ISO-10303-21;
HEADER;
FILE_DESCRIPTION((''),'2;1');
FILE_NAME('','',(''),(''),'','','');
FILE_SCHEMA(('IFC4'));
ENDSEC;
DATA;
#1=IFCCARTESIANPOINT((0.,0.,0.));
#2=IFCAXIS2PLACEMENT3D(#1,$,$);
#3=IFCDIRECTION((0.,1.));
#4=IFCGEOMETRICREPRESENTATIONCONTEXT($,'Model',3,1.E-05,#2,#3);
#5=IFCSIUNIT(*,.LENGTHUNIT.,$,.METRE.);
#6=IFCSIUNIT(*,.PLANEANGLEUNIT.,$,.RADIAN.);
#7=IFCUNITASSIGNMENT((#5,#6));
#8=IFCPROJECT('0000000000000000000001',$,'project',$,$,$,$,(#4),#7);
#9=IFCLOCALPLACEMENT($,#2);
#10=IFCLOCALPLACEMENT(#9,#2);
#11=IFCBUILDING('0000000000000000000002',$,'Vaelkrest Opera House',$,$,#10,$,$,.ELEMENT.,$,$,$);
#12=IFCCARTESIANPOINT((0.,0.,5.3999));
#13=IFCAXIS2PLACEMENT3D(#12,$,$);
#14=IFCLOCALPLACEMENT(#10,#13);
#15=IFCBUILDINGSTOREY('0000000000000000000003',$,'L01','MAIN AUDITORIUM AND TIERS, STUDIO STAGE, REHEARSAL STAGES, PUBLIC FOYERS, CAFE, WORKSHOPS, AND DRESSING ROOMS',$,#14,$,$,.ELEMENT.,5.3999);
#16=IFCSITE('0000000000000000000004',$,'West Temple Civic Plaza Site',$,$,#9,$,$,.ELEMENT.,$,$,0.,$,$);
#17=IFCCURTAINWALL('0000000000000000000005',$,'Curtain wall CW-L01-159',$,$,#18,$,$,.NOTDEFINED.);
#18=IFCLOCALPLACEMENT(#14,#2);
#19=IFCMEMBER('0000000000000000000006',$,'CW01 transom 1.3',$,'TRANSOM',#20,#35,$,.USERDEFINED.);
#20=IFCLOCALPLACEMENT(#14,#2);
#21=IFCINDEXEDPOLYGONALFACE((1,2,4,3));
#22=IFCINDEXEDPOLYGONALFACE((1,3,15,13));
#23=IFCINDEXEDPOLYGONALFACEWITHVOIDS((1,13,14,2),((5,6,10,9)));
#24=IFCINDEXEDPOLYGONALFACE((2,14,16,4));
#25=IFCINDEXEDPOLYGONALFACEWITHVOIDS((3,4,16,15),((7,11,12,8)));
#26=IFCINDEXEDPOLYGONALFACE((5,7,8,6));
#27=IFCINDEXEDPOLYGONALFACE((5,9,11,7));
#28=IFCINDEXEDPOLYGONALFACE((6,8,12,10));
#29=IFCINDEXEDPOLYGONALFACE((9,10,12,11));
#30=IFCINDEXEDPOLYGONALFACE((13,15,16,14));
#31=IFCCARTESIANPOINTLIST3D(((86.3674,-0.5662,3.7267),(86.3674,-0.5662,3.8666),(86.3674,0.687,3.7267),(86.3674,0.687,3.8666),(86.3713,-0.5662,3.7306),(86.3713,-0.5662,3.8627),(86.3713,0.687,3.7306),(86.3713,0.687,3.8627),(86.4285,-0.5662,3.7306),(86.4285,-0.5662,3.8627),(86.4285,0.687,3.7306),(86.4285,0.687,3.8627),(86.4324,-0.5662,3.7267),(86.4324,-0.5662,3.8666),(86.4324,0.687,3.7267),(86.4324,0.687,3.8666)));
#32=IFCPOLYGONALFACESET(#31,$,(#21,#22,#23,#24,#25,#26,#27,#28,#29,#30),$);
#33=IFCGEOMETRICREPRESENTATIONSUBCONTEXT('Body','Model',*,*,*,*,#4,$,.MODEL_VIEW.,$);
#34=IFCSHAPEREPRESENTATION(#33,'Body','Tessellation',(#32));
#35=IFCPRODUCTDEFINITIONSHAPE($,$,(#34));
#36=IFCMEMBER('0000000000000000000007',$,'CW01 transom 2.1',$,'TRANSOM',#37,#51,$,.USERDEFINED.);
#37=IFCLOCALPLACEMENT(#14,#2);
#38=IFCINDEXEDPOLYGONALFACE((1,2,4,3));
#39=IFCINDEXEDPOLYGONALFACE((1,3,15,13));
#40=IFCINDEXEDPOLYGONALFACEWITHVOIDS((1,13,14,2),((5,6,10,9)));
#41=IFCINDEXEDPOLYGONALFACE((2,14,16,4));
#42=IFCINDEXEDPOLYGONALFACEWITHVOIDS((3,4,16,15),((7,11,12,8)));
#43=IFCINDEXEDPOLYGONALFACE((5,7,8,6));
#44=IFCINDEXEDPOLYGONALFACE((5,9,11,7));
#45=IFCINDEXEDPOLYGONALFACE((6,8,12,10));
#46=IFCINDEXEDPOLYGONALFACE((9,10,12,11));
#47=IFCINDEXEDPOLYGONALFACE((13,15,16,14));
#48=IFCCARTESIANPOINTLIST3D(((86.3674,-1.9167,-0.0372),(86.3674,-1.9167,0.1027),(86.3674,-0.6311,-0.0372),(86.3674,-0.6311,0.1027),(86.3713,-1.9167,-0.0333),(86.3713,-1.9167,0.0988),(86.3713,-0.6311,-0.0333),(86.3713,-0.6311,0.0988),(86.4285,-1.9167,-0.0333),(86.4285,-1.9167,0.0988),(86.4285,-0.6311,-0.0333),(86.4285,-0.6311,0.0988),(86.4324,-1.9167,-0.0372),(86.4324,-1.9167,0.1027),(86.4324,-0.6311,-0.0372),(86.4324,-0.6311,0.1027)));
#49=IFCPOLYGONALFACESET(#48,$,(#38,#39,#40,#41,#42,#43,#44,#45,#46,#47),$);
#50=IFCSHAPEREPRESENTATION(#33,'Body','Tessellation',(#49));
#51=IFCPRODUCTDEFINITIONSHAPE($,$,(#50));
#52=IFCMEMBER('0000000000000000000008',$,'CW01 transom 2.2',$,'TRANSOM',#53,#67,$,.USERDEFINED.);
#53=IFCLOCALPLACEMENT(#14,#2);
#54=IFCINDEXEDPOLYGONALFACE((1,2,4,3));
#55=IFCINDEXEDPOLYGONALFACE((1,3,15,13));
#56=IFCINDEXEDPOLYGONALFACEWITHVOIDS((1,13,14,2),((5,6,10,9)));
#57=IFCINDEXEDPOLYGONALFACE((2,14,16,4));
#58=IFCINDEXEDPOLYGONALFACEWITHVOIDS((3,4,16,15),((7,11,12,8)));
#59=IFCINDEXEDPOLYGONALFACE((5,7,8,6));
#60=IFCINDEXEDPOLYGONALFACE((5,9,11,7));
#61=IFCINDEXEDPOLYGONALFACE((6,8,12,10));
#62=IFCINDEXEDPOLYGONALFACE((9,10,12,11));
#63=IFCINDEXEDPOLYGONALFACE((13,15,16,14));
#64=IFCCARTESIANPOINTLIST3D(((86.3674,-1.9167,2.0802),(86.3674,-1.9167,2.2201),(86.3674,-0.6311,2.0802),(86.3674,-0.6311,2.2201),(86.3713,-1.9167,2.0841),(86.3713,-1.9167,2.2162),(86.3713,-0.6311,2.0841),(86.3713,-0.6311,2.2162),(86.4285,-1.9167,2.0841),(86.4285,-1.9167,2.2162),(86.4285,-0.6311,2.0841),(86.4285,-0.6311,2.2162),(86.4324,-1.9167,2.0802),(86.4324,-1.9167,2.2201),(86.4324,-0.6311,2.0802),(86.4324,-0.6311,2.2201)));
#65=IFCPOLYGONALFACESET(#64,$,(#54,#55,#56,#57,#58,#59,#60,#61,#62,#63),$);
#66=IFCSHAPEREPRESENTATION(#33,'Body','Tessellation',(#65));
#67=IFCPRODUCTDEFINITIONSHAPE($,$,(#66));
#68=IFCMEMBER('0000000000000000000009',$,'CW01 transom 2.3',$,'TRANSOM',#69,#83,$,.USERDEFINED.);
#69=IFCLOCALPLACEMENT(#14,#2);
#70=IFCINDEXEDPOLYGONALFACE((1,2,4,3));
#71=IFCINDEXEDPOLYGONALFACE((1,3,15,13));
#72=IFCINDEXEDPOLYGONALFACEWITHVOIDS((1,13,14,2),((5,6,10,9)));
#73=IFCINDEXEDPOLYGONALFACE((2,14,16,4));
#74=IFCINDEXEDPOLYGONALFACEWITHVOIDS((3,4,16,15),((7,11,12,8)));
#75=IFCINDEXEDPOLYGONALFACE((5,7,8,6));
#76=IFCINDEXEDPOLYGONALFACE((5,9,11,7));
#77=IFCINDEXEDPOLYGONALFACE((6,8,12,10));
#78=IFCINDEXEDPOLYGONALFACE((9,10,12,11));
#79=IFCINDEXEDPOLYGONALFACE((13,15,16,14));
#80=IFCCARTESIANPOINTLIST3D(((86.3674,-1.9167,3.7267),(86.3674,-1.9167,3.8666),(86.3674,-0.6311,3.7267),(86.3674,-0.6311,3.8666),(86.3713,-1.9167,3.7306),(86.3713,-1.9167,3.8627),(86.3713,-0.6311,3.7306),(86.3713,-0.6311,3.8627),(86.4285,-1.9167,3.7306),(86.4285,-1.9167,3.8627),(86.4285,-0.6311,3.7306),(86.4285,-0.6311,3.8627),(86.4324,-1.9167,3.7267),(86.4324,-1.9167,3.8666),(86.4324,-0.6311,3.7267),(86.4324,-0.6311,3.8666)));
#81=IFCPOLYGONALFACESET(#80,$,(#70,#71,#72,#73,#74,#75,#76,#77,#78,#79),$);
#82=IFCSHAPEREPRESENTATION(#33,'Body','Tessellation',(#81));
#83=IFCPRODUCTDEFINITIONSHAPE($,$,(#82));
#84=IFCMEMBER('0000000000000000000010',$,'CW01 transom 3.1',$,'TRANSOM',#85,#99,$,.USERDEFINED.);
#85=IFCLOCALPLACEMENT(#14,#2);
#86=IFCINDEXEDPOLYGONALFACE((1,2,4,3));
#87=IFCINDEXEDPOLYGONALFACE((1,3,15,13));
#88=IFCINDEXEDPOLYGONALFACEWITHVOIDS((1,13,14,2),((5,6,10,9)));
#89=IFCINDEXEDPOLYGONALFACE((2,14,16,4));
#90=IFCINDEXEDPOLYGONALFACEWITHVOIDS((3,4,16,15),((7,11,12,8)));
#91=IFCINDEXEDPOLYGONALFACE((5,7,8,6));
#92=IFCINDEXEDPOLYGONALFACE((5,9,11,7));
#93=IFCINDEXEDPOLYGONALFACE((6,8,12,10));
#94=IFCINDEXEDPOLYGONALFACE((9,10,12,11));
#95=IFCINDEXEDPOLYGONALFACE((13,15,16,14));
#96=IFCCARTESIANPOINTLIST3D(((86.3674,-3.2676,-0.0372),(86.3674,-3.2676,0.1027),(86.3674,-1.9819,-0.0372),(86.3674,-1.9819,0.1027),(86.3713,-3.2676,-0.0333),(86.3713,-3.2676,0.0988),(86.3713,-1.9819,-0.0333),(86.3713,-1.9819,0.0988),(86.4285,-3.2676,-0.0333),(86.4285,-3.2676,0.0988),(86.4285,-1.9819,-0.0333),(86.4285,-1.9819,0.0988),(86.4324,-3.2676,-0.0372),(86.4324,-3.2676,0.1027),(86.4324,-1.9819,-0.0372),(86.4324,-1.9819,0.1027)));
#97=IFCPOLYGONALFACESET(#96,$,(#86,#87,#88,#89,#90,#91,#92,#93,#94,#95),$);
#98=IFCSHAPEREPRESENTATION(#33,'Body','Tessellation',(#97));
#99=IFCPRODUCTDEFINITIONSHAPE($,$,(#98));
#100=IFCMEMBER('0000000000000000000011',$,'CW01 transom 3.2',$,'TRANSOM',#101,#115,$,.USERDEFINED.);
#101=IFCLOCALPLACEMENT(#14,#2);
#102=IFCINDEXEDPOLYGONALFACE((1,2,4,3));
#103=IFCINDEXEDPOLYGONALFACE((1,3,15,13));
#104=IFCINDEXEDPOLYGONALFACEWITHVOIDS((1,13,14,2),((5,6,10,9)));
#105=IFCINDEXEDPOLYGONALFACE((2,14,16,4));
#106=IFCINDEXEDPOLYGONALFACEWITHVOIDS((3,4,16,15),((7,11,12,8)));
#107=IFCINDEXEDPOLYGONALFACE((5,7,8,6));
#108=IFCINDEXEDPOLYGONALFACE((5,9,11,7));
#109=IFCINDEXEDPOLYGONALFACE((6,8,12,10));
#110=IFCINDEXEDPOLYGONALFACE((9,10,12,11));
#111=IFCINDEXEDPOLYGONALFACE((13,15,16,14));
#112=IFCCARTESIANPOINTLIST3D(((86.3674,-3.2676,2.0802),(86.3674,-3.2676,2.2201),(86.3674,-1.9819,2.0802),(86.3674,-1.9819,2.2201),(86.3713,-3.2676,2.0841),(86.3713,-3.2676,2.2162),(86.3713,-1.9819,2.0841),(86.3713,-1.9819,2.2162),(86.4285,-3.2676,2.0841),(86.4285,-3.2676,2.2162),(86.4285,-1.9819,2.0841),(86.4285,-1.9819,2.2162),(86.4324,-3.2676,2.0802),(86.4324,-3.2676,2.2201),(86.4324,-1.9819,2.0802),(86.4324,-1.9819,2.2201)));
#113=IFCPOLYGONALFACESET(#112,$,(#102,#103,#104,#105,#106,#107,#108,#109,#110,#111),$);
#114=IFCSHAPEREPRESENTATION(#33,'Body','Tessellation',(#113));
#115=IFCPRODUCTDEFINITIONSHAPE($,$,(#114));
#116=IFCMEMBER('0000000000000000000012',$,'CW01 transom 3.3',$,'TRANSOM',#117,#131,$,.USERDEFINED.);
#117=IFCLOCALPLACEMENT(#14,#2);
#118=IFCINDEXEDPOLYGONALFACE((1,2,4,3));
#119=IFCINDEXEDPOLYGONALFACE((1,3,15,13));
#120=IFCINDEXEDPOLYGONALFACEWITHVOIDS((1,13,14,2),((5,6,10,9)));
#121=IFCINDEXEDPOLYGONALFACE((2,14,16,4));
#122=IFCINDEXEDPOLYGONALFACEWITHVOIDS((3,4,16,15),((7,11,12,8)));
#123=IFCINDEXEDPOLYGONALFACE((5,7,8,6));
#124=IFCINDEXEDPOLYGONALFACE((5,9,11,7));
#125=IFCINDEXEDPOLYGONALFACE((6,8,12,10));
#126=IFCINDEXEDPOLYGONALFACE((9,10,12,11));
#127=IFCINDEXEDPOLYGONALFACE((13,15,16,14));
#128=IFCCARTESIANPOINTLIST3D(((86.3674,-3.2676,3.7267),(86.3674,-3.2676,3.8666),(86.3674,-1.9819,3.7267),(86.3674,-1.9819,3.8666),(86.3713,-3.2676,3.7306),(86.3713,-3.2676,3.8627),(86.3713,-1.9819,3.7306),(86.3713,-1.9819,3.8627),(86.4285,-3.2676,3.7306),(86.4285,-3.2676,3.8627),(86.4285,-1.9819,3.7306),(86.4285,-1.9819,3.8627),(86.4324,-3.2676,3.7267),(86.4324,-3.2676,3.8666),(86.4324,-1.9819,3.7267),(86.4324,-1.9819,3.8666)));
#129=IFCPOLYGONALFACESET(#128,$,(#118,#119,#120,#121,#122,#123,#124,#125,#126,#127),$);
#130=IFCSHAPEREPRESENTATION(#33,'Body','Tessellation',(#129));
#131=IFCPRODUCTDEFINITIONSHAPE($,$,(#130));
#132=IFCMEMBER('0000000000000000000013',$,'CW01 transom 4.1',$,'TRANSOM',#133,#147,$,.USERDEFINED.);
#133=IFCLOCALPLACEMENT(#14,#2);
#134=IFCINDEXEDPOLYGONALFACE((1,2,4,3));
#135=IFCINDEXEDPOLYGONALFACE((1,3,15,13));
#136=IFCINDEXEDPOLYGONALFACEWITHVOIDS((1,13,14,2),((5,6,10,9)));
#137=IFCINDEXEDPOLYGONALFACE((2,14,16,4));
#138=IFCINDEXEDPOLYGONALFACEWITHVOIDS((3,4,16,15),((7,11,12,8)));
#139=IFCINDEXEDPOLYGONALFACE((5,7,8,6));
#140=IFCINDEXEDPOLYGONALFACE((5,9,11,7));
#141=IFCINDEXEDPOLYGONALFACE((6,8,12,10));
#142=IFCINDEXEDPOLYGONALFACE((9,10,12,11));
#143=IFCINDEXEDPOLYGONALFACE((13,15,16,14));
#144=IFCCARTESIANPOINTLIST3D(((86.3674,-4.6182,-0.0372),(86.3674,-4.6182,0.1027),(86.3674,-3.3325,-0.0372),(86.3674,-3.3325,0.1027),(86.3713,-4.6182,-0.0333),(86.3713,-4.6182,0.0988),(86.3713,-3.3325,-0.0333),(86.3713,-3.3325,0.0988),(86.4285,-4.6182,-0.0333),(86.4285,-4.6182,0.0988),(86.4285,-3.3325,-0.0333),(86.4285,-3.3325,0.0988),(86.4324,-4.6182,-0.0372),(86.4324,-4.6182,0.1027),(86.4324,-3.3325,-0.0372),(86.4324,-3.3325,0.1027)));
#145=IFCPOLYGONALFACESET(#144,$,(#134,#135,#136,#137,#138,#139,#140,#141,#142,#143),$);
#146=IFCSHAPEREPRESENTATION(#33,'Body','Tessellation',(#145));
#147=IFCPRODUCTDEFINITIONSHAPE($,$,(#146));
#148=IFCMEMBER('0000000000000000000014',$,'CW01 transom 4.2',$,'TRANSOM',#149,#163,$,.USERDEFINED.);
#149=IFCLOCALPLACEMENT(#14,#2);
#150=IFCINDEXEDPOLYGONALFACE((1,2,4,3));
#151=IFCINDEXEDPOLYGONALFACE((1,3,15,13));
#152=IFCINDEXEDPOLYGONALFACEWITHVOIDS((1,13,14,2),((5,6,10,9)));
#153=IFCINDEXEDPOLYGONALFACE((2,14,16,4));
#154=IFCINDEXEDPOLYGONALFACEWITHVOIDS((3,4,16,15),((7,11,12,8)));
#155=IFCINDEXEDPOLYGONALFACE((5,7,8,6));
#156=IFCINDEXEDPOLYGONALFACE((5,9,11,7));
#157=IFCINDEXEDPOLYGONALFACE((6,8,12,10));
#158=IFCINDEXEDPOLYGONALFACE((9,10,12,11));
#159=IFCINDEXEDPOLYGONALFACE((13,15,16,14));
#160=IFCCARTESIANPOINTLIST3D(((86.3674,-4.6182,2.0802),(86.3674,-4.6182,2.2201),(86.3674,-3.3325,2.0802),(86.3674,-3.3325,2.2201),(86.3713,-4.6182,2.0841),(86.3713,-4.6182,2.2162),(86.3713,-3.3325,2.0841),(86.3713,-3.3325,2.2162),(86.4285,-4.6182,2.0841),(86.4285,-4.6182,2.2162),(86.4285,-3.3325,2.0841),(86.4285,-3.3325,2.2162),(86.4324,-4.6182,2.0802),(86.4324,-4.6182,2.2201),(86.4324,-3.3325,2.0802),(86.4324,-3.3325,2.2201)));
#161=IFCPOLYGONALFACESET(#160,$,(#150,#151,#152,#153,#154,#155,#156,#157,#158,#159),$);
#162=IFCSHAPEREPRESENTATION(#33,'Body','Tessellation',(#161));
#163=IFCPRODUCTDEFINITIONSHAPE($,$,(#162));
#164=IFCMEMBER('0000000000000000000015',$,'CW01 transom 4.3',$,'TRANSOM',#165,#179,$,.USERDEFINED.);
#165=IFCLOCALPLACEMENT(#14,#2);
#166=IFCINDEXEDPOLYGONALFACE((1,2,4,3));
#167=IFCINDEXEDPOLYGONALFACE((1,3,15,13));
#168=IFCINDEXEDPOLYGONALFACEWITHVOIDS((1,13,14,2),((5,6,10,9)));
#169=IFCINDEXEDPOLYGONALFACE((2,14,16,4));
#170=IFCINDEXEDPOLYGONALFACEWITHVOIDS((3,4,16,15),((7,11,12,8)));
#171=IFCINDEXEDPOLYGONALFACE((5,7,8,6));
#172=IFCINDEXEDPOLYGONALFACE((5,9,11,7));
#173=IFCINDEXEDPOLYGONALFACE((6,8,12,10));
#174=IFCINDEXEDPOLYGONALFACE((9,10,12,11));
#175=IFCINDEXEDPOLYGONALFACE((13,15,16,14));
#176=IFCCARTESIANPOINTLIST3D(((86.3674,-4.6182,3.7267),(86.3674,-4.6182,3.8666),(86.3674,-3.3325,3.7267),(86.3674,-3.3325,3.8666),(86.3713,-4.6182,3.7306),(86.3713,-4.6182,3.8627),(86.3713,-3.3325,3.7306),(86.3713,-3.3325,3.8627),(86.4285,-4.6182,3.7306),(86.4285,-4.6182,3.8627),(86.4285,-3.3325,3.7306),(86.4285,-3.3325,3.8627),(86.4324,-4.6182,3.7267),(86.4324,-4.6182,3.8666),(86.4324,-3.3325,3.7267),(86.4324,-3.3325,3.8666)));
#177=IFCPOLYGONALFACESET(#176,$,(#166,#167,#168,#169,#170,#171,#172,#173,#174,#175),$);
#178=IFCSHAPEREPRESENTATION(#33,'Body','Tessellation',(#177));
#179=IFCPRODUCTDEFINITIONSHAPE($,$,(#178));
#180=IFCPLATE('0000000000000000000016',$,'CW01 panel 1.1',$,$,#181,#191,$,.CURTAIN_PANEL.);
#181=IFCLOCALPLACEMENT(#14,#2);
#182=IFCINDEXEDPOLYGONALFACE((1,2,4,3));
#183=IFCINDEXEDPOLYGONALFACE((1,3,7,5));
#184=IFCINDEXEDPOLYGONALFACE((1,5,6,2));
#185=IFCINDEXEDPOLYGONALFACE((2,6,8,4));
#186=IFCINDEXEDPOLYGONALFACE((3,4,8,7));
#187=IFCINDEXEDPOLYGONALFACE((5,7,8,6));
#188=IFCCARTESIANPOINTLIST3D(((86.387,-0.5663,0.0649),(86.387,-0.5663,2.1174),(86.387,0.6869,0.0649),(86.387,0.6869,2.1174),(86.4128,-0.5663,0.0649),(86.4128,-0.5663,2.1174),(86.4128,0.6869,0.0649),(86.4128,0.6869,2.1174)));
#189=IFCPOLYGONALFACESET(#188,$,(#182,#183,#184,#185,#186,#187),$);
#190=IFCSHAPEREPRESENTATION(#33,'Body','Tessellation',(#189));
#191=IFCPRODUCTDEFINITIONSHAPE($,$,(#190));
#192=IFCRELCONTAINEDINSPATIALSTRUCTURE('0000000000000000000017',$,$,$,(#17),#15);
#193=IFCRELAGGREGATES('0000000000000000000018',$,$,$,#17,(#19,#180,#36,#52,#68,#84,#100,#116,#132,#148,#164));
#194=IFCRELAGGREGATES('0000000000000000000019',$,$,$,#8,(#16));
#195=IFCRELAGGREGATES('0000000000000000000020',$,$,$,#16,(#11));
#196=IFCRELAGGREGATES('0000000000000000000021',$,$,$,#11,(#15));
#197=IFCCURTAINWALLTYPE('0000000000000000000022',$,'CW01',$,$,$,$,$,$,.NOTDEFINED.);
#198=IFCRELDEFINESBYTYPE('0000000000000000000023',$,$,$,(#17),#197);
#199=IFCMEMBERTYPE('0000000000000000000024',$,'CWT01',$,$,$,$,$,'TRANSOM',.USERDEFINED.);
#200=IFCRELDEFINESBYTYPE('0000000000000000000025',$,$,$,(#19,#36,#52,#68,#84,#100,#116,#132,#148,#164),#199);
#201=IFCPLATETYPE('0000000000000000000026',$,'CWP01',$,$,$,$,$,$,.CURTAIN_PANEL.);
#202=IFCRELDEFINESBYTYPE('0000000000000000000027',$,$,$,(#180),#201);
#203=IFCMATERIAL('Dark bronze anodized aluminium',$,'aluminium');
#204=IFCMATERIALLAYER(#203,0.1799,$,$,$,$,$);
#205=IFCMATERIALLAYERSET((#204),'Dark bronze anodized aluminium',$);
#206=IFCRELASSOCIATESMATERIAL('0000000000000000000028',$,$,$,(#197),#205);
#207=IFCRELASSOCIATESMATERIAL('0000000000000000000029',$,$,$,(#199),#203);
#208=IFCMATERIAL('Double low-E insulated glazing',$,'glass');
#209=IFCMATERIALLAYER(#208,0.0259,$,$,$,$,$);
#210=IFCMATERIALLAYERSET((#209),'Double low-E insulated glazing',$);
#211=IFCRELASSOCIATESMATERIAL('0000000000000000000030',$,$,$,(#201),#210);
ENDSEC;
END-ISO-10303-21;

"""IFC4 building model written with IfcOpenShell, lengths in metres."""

from ifc_helpers import new_model, si_unit, direction, frame, origin, origin_2d, place, context, subcontext, project, spatial, rectangle, hollow_rectangle, extrude, material, layer, layer_set, material_profile, profile_set, type_object, element, aggregate, save


model = new_model("IFC4")

# Units and contexts
model_context = context("Model", 3, precision=1e-05, world=origin(), true_north=direction((0.0, 1.0)))
body_context = subcontext(model_context, "Body", "Model", "MODEL_VIEW")
ifc_project = project(units=[si_unit("LENGTHUNIT", "METRE"), si_unit("PLANEANGLEUNIT", "RADIAN")], contexts=[model_context])

# Site, building, storey
site_placement = place(None, origin())
site = spatial("IfcSite", under=ifc_project, at=site_placement, Name="West Temple Civic Plaza Site", CompositionType="ELEMENT", RefElevation=0.0)
building_placement = place(site_placement, origin())
building = spatial("IfcBuilding", under=site, at=building_placement, Name="Vaelkrest Opera House", CompositionType="ELEMENT")
storey_placement = place(building_placement, frame((0.0, 0.0, 5.3999)))
storey = spatial("IfcBuildingStorey", under=building, at=storey_placement, Name="L01", Description="MAIN AUDITORIUM AND TIERS, STUDIO STAGE, REHEARSAL STAGES, PUBLIC FOYERS, CAFE, WORKSHOPS, AND DRESSING ROOMS", CompositionType="ELEMENT", Elevation=5.3999)

# Curtain wall, members, plate
ifc_material_1 = material(Name="Dark bronze anodized aluminium", Category="aluminium")
ifc_layer_1 = layer(ifc_material_1, 0.1799)
ifc_layer_set_1 = layer_set([ifc_layer_1], Name="Dark bronze anodized aluminium")
curtain_wall_type = type_object("IfcCurtainWallType", Name="CW01", PredefinedType="NOTDEFINED", material=ifc_layer_set_1)
curtain_wall_placement = place(storey_placement, origin())
curtain_wall = element("IfcCurtainWall", 1, at=curtain_wall_placement, inside=storey, type_object=curtain_wall_type, Name="Curtain wall CW-L01-159", PredefinedType="NOTDEFINED")
ifc_material_profile_1 = material_profile(ifc_material_1, hollow_rectangle(XDim=0.0649, YDim=0.1399, WallThickness=0.0039, at=origin_2d()), Name="CWT65X140")
ifc_profile_set_1 = profile_set([ifc_material_profile_1], Name="Dark bronze anodized aluminium")
member_type_1 = type_object("IfcMemberType", Name="CWT01", ElementType="TRANSOM", PredefinedType="USERDEFINED", material=ifc_profile_set_1)
member_1_placement = place(storey_placement, frame((86.3999, 0.687, 3.7966), z_axis=(0.0, -1.0, 0.0), x_axis=(1.0, 0.0, 0.0)))
member_1 = element("IfcMember", 2, at=member_1_placement, type_object=member_type_1, Name="CW01 transom 1.3", ObjectType="TRANSOM", PredefinedType="USERDEFINED", context=body_context, shape_type="SweptSolid", body=[
    extrude(hollow_rectangle(XDim=0.0649, YDim=0.1399, WallThickness=0.0039, at=origin_2d()), origin(), (0.0, 0.0, 1.0), 1.2532),
])
member_2_placement = place(storey_placement, frame((86.3999, -0.6311, 0.0327), z_axis=(0.0, -1.0, 0.0), x_axis=(1.0, 0.0, 0.0)))
member_2 = element("IfcMember", 3, at=member_2_placement, type_object=member_type_1, Name="CW01 transom 2.1", ObjectType="TRANSOM", PredefinedType="USERDEFINED", context=body_context, shape_type="SweptSolid", body=[
    extrude(hollow_rectangle(XDim=0.0649, YDim=0.1399, WallThickness=0.0039, at=origin_2d()), origin(), (0.0, 0.0, 1.0), 1.2856),
])
member_3_placement = place(storey_placement, frame((86.3999, -0.6311, 2.1501), z_axis=(0.0, -1.0, 0.0), x_axis=(1.0, 0.0, 0.0)))
member_3 = element("IfcMember", 4, at=member_3_placement, type_object=member_type_1, Name="CW01 transom 2.2", ObjectType="TRANSOM", PredefinedType="USERDEFINED", context=body_context, shape_type="SweptSolid", body=[
    extrude(hollow_rectangle(XDim=0.0649, YDim=0.1399, WallThickness=0.0039, at=origin_2d()), origin(), (0.0, 0.0, 1.0), 1.2856),
])
member_4_placement = place(storey_placement, frame((86.3999, -0.6311, 3.7966), z_axis=(0.0, -1.0, 0.0), x_axis=(1.0, 0.0, 0.0)))
member_4 = element("IfcMember", 5, at=member_4_placement, type_object=member_type_1, Name="CW01 transom 2.3", ObjectType="TRANSOM", PredefinedType="USERDEFINED", context=body_context, shape_type="SweptSolid", body=[
    extrude(hollow_rectangle(XDim=0.0649, YDim=0.1399, WallThickness=0.0039, at=origin_2d()), origin(), (0.0, 0.0, 1.0), 1.2856),
])
member_5_placement = place(storey_placement, frame((86.3999, -1.9819, 0.0327), z_axis=(0.0, -1.0, 0.0), x_axis=(1.0, 0.0, 0.0)))
member_5 = element("IfcMember", 6, at=member_5_placement, type_object=member_type_1, Name="CW01 transom 3.1", ObjectType="TRANSOM", PredefinedType="USERDEFINED", context=body_context, shape_type="SweptSolid", body=[
    extrude(hollow_rectangle(XDim=0.0649, YDim=0.1399, WallThickness=0.0039, at=origin_2d()), origin(), (0.0, 0.0, 1.0), 1.2856),
])
member_6_placement = place(storey_placement, frame((86.3999, -1.9819, 2.1501), z_axis=(0.0, -1.0, 0.0), x_axis=(1.0, 0.0, 0.0)))
member_6 = element("IfcMember", 7, at=member_6_placement, type_object=member_type_1, Name="CW01 transom 3.2", ObjectType="TRANSOM", PredefinedType="USERDEFINED", context=body_context, shape_type="SweptSolid", body=[
    extrude(hollow_rectangle(XDim=0.0649, YDim=0.1399, WallThickness=0.0039, at=origin_2d()), origin(), (0.0, 0.0, 1.0), 1.2856),
])
member_7_placement = place(storey_placement, frame((86.3999, -1.9819, 3.7966), z_axis=(0.0, -1.0, 0.0), x_axis=(1.0, 0.0, 0.0)))
member_7 = element("IfcMember", 8, at=member_7_placement, type_object=member_type_1, Name="CW01 transom 3.3", ObjectType="TRANSOM", PredefinedType="USERDEFINED", context=body_context, shape_type="SweptSolid", body=[
    extrude(hollow_rectangle(XDim=0.0649, YDim=0.1399, WallThickness=0.0039, at=origin_2d()), origin(), (0.0, 0.0, 1.0), 1.2856),
])
member_8_placement = place(storey_placement, frame((86.3999, -3.3325, 0.0327), z_axis=(0.0, -1.0, 0.0), x_axis=(1.0, 0.0, 0.0)))
member_8 = element("IfcMember", 9, at=member_8_placement, type_object=member_type_1, Name="CW01 transom 4.1", ObjectType="TRANSOM", PredefinedType="USERDEFINED", context=body_context, shape_type="SweptSolid", body=[
    extrude(hollow_rectangle(XDim=0.0649, YDim=0.1399, WallThickness=0.0039, at=origin_2d()), origin(), (0.0, 0.0, 1.0), 1.2856),
])
member_9_placement = place(storey_placement, frame((86.3999, -3.3325, 2.1501), z_axis=(0.0, -1.0, 0.0), x_axis=(1.0, 0.0, 0.0)))
member_9 = element("IfcMember", 10, at=member_9_placement, type_object=member_type_1, Name="CW01 transom 4.2", ObjectType="TRANSOM", PredefinedType="USERDEFINED", context=body_context, shape_type="SweptSolid", body=[
    extrude(hollow_rectangle(XDim=0.0649, YDim=0.1399, WallThickness=0.0039, at=origin_2d()), origin(), (0.0, 0.0, 1.0), 1.2856),
])
member_10_placement = place(storey_placement, frame((86.3999, -3.3325, 3.7966), z_axis=(0.0, -1.0, 0.0), x_axis=(1.0, 0.0, 0.0)))
member_10 = element("IfcMember", 11, at=member_10_placement, type_object=member_type_1, Name="CW01 transom 4.3", ObjectType="TRANSOM", PredefinedType="USERDEFINED", context=body_context, shape_type="SweptSolid", body=[
    extrude(hollow_rectangle(XDim=0.0649, YDim=0.1399, WallThickness=0.0039, at=origin_2d()), origin(), (0.0, 0.0, 1.0), 1.2856),
])
ifc_material_2 = material(Name="Double low-E insulated glazing", Category="glass")
ifc_layer_2 = layer(ifc_material_2, 0.0259)
ifc_layer_set_2 = layer_set([ifc_layer_2], Name="Double low-E insulated glazing")
plate_type = type_object("IfcPlateType", Name="CWP01", PredefinedType="CURTAIN_PANEL", material=ifc_layer_set_2)
plate_1_placement = place(storey_placement, frame((86.3999, 0.0603, 0.0649), z_axis=(0.0, 0.0, 1.0), x_axis=(0.0, -1.0, 0.0)))
plate_1 = element("IfcPlate", 12, at=plate_1_placement, type_object=plate_type, Name="CW01 panel 1.1", PredefinedType="CURTAIN_PANEL", context=body_context, shape_type="SweptSolid", body=[
    extrude(rectangle(XDim=1.2532, YDim=0.0259, at=origin_2d()), origin(), (0.0, 0.0, 1.0), 2.0525),
])
aggregate(curtain_wall, [member_1, plate_1, member_2, member_3, member_4, member_5, member_6, member_7, member_8, member_9, member_10])

save(model, "model.ifc")
